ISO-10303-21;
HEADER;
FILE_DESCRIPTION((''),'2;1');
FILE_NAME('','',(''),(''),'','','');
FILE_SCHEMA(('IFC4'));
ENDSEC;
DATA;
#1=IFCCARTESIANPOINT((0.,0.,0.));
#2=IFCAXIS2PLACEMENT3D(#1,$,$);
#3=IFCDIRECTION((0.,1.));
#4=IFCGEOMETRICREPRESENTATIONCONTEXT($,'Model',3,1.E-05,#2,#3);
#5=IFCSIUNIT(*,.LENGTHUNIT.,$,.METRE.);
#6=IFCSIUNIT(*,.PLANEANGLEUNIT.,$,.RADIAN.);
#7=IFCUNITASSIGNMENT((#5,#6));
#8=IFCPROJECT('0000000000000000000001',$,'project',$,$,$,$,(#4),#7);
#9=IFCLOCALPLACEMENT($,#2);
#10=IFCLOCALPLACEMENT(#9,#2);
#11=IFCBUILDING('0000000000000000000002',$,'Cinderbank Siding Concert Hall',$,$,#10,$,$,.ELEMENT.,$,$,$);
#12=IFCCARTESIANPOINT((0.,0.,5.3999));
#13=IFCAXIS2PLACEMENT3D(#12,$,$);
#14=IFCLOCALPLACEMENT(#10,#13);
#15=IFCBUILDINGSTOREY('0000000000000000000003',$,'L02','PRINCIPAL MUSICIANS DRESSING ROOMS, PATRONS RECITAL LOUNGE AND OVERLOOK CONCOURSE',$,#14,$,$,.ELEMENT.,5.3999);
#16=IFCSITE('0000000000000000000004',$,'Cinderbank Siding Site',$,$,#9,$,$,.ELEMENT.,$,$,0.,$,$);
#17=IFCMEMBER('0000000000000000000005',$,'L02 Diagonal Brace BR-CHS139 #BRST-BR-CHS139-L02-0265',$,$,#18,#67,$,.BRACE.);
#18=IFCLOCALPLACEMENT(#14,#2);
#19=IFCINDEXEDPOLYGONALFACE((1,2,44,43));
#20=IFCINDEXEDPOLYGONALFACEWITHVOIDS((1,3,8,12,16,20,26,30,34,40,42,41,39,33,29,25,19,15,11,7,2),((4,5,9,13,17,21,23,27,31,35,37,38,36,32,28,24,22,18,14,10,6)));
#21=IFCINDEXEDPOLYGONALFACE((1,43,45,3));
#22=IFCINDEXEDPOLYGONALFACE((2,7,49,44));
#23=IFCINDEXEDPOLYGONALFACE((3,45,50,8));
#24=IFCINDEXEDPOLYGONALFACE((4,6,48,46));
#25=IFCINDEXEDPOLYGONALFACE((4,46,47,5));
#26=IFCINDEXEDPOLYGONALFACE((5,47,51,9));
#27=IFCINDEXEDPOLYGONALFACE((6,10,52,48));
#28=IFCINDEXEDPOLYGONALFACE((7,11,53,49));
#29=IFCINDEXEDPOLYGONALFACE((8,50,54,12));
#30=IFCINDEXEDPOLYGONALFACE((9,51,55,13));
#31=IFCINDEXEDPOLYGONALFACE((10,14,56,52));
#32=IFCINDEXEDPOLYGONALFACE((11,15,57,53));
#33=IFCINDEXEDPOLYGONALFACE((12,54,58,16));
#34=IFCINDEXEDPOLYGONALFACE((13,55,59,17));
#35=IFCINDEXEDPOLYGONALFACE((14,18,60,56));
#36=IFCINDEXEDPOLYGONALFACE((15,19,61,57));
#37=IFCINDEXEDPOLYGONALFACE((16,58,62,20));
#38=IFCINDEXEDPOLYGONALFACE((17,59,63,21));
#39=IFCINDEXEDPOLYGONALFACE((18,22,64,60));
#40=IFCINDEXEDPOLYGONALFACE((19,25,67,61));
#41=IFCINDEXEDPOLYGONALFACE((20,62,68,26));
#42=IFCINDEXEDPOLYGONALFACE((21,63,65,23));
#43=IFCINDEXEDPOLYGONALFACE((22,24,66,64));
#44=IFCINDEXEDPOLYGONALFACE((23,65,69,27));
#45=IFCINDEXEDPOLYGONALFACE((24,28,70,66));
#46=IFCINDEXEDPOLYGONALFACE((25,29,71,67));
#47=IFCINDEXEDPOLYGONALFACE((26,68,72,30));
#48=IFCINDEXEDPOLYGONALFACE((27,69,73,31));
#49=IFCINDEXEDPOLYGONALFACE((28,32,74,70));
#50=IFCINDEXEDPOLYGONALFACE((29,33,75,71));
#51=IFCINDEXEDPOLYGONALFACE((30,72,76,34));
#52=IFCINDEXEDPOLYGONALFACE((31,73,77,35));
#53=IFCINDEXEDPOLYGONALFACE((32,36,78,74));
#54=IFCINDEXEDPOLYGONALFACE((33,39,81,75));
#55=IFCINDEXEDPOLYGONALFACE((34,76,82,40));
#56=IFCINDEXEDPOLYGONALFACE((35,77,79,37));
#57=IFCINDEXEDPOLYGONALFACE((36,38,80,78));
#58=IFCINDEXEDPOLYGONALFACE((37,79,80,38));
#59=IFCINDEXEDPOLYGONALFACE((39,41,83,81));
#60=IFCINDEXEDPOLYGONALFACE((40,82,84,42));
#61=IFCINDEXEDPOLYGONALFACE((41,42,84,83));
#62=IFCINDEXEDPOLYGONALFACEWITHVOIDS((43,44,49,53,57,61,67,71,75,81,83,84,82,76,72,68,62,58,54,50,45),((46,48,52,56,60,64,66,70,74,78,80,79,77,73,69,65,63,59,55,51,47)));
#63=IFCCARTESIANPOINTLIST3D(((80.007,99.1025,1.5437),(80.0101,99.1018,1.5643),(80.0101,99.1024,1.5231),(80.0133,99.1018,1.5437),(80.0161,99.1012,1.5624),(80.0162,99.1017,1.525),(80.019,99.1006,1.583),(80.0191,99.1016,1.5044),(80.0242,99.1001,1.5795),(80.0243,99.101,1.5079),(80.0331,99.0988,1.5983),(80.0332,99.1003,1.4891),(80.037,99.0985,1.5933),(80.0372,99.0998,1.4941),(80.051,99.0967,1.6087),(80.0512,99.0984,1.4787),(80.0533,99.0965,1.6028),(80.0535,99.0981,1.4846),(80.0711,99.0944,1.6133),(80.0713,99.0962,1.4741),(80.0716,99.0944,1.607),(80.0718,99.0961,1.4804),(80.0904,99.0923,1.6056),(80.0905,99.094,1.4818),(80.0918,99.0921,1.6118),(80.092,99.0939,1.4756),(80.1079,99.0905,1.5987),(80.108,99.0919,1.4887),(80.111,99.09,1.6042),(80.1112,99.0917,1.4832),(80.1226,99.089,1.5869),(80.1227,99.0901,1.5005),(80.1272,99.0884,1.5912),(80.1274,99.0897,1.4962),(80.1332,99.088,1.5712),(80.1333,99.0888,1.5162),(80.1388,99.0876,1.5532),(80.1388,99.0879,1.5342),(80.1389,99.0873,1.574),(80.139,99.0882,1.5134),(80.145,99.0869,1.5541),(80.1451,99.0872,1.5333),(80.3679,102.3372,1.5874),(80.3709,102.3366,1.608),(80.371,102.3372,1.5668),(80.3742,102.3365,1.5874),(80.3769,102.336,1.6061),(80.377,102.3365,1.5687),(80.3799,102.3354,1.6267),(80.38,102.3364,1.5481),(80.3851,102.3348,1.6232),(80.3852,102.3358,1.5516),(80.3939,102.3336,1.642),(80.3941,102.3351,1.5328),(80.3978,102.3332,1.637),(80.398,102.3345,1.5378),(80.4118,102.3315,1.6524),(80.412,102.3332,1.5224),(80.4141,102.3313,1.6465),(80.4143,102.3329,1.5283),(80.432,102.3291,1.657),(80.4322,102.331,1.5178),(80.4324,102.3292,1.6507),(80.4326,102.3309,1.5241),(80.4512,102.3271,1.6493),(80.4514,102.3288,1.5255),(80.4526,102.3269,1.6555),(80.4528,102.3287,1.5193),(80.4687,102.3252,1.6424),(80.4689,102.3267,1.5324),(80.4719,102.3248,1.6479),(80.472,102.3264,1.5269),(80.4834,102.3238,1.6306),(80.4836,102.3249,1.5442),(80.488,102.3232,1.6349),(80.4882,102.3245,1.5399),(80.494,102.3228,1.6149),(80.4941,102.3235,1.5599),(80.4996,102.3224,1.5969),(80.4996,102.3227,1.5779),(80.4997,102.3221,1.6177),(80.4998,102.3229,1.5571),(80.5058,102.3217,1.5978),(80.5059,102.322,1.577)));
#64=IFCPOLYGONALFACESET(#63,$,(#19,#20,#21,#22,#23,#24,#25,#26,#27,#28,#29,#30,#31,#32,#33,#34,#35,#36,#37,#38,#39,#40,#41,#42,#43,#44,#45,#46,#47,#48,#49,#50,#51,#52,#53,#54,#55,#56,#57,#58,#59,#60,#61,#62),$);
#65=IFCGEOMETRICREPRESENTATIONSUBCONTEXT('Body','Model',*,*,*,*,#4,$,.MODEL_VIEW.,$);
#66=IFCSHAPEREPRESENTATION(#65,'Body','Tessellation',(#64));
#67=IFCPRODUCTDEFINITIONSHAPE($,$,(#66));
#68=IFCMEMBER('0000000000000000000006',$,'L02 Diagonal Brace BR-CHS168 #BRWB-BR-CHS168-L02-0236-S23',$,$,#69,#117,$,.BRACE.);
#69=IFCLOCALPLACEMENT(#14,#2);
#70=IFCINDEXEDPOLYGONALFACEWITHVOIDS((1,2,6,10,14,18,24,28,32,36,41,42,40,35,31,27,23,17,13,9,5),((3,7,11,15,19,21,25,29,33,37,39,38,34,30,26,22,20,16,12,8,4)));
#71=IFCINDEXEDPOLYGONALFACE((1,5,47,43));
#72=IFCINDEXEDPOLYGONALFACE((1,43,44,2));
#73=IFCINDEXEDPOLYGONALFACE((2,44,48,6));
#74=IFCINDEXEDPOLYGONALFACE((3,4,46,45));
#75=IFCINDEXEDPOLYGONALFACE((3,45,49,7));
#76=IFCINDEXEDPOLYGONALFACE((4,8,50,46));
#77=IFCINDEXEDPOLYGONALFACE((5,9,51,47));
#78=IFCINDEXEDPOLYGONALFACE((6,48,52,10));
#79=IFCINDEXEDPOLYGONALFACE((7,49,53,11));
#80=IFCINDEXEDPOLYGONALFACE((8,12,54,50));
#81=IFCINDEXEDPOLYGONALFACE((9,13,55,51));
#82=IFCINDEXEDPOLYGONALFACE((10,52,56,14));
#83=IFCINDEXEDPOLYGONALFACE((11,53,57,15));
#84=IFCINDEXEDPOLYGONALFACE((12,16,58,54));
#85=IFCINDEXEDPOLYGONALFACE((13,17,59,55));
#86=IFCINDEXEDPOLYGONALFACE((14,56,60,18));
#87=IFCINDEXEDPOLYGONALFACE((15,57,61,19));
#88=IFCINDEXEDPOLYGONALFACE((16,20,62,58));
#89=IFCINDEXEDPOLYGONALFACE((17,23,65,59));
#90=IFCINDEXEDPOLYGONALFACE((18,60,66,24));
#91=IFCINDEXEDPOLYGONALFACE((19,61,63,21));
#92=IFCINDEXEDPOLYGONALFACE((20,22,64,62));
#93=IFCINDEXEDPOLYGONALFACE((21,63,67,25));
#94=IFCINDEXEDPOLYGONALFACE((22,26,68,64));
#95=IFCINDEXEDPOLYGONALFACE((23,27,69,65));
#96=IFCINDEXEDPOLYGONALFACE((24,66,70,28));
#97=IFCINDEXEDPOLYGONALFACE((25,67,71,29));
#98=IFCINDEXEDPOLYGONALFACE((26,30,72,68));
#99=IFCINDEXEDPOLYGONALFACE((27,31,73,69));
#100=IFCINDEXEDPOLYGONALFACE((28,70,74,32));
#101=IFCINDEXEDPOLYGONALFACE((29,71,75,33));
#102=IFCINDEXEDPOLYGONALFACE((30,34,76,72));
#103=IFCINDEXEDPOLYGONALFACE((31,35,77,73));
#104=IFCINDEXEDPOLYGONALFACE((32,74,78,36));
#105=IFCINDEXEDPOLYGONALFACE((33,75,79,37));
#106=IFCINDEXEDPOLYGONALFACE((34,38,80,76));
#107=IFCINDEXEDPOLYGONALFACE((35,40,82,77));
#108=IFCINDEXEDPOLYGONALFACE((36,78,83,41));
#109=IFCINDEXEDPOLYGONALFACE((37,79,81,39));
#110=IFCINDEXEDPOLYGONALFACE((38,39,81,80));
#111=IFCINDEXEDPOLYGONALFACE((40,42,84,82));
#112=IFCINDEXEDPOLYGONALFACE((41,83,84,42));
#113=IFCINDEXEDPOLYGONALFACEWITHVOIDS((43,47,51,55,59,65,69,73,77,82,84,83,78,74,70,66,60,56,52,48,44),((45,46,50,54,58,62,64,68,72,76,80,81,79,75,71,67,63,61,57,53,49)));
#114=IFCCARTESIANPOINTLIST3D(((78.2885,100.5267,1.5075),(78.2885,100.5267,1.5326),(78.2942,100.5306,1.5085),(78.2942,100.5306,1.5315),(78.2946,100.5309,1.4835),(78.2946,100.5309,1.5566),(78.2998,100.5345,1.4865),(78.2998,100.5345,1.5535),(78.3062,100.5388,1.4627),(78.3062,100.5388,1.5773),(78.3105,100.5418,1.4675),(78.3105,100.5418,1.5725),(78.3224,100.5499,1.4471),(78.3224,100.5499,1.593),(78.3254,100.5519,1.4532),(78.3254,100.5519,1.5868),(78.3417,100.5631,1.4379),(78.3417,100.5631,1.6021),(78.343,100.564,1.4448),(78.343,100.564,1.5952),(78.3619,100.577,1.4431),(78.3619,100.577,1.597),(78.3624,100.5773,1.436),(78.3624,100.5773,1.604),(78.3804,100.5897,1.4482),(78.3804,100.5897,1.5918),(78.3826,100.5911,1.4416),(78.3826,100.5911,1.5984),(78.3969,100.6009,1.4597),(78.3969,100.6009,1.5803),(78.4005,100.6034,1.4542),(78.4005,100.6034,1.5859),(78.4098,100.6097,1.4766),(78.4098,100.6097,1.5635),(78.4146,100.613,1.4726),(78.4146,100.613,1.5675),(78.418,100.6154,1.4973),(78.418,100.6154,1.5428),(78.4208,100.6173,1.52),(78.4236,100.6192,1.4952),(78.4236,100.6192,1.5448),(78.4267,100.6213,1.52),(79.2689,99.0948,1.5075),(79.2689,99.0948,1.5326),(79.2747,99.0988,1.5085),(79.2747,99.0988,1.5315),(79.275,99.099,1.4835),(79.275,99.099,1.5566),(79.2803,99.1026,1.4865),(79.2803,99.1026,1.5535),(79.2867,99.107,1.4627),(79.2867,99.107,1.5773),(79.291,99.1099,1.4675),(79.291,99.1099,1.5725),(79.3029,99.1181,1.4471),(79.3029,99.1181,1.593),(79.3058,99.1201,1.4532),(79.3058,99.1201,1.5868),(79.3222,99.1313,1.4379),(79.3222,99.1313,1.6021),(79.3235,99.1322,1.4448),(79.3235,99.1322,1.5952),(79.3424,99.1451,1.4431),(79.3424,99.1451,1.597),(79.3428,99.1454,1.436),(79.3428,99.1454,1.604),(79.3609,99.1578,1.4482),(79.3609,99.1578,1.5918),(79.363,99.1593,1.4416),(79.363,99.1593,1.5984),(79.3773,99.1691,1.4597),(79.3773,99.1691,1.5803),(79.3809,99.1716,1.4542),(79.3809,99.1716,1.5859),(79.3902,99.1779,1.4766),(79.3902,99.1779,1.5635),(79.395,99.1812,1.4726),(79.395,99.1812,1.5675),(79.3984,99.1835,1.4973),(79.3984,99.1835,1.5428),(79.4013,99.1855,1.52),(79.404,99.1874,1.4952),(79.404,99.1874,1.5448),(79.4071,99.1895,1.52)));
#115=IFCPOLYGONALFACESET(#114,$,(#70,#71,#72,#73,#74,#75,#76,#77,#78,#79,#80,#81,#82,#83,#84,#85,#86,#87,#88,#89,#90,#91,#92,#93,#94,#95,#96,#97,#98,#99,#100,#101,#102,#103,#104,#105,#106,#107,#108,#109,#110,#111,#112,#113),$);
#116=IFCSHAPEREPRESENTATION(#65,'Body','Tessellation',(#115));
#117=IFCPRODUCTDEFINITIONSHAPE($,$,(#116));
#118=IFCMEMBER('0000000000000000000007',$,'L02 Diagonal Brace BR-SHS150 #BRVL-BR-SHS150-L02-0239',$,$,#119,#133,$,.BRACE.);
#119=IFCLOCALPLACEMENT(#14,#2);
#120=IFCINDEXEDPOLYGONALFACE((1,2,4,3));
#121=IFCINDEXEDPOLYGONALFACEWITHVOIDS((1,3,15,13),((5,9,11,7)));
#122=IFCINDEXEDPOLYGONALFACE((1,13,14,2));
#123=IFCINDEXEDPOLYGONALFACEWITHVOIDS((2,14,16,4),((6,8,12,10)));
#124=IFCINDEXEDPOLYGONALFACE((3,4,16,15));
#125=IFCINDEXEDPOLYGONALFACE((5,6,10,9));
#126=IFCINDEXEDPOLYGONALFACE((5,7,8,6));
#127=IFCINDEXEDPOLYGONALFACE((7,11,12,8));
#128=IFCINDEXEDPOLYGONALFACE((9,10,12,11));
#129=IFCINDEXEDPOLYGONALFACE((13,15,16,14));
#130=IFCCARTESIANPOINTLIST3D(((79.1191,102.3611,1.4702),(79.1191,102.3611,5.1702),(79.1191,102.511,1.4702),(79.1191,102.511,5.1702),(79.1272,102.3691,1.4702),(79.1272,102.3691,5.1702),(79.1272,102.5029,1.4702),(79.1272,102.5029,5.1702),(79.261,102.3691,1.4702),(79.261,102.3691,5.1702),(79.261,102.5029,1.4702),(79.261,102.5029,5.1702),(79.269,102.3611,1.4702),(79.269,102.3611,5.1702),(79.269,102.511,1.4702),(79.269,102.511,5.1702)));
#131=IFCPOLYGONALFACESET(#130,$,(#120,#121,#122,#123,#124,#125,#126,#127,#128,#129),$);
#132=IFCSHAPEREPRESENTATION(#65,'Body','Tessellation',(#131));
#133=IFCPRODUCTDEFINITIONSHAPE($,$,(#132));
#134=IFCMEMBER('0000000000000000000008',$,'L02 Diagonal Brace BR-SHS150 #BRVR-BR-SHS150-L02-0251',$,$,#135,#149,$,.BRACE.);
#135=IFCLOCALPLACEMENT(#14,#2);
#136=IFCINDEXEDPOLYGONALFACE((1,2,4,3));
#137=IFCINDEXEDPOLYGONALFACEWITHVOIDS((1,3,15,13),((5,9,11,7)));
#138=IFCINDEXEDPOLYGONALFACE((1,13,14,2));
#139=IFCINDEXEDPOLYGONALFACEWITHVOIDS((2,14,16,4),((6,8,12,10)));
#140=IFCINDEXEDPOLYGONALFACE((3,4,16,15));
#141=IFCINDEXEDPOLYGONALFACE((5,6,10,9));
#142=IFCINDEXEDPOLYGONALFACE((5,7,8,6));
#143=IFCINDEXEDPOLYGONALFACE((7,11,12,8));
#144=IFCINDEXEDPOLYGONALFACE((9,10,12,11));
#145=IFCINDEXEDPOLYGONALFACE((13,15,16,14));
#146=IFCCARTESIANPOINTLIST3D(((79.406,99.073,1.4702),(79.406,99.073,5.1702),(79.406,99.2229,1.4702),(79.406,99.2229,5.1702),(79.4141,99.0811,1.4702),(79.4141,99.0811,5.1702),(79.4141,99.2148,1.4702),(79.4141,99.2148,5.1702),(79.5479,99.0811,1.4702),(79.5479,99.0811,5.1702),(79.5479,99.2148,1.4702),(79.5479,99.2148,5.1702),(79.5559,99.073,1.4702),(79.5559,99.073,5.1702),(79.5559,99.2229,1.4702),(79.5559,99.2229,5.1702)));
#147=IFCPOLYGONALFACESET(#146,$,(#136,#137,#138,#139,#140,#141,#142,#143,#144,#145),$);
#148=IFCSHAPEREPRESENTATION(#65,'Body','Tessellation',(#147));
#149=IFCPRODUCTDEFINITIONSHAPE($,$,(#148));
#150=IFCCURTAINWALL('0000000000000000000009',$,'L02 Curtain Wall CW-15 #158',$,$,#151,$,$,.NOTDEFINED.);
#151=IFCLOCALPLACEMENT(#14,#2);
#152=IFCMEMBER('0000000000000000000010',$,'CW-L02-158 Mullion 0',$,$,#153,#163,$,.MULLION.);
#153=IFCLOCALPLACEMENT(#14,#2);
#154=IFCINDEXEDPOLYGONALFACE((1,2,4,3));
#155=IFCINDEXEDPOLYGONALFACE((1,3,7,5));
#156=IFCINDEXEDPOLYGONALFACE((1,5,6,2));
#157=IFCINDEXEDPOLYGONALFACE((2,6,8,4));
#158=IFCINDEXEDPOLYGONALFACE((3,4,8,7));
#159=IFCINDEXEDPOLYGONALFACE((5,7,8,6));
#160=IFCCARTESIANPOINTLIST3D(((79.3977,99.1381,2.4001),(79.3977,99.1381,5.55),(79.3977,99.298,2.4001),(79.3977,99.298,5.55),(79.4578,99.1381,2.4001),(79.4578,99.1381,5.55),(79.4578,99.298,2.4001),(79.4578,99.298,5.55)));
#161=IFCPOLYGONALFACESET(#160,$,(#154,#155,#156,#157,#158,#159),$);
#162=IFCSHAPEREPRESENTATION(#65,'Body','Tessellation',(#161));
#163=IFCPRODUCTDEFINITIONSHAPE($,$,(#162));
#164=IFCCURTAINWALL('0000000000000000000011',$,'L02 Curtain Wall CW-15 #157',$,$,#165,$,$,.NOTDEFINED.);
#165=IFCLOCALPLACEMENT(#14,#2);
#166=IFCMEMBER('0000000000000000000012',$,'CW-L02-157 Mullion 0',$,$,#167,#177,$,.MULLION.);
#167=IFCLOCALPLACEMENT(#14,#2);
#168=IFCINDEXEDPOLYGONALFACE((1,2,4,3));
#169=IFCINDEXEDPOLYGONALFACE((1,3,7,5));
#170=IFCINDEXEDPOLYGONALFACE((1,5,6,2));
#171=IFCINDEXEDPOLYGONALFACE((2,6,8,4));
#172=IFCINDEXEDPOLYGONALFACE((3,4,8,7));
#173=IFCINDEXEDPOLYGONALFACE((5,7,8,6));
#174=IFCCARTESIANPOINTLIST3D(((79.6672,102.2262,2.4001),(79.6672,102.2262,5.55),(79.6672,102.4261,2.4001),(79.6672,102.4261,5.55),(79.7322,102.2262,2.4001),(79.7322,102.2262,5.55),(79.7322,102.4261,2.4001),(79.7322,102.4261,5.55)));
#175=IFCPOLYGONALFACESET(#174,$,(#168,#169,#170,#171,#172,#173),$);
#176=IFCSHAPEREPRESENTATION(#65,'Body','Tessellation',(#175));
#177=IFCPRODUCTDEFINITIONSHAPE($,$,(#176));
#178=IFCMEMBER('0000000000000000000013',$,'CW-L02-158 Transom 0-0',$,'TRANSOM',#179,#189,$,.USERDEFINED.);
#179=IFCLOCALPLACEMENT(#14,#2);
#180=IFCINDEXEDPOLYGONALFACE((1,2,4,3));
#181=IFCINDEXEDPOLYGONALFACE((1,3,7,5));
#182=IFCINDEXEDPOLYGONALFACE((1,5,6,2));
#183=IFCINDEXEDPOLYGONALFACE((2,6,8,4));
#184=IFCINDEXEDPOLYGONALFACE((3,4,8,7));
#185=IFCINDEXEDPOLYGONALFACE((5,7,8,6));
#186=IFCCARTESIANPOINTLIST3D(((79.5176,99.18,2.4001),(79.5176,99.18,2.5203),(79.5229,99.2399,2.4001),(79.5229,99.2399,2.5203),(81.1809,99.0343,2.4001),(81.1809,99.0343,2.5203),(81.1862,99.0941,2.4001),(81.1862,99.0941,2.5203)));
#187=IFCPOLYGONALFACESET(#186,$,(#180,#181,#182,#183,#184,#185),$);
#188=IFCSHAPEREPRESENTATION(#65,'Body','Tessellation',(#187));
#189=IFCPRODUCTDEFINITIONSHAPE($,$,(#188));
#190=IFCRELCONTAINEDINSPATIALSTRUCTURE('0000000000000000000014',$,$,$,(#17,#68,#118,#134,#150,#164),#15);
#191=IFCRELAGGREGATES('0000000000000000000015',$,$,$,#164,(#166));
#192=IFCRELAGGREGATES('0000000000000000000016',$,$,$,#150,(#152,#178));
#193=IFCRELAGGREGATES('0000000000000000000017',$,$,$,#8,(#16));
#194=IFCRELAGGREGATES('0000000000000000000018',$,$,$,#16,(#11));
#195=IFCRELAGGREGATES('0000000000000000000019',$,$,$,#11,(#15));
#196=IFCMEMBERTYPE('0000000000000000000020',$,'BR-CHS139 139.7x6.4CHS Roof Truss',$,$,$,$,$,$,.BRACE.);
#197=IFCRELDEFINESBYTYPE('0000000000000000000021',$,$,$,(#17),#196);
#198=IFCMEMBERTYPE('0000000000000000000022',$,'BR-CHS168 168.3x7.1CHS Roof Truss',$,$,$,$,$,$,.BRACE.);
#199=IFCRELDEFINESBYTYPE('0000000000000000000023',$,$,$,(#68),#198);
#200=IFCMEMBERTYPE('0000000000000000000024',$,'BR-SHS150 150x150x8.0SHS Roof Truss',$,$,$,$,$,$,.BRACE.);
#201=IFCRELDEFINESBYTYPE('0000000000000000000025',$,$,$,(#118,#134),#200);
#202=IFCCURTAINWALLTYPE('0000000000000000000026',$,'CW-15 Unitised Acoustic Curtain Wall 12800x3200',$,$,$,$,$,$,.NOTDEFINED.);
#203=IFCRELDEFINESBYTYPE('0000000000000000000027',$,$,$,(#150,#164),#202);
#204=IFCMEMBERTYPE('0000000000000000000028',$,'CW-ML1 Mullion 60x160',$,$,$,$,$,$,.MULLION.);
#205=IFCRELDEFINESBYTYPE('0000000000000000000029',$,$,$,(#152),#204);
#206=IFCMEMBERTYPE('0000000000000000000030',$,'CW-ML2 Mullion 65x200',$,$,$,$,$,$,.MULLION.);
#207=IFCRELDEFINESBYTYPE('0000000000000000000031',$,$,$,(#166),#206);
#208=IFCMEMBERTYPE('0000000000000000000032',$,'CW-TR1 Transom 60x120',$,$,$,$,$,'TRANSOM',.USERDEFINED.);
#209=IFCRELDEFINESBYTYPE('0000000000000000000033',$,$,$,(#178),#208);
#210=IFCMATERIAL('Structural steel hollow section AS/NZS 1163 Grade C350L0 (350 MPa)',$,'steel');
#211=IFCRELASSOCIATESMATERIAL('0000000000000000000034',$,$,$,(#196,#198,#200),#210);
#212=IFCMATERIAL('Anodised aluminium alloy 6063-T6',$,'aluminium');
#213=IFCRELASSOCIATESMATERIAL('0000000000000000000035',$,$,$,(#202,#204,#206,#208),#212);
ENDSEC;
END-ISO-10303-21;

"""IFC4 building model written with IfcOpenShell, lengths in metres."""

from ifc_helpers import new_model, si_unit, direction, frame, origin, origin_2d, place, context, subcontext, project, spatial, rectangle, hollow_rectangle, hollow_circle, extrude, material, material_profile, profile_set, type_object, element, aggregate, save


model = new_model("IFC4")

# Units and contexts
model_context = context("Model", 3, precision=1e-05, world=origin(), true_north=direction((0.0, 1.0)))
body_context = subcontext(model_context, "Body", "Model", "MODEL_VIEW")
ifc_project = project(units=[si_unit("LENGTHUNIT", "METRE"), si_unit("PLANEANGLEUNIT", "RADIAN")], contexts=[model_context])

# Site, building, storey
site_placement = place(None, origin())
site = spatial("IfcSite", under=ifc_project, at=site_placement, Name="Cinderbank Siding Site", CompositionType="ELEMENT", RefElevation=0.0)
building_placement = place(site_placement, origin())
building = spatial("IfcBuilding", under=site, at=building_placement, Name="Cinderbank Siding Concert Hall", CompositionType="ELEMENT")
storey_placement = place(building_placement, frame((0.0, 0.0, 5.3999)))
storey = spatial("IfcBuildingStorey", under=building, at=storey_placement, Name="L02", Description="PRINCIPAL MUSICIANS DRESSING ROOMS, PATRONS RECITAL LOUNGE AND OVERLOOK CONCOURSE", CompositionType="ELEMENT", Elevation=5.3999)

# Shared definitions
ifc_material_1 = material(Name="Structural steel hollow section AS/NZS 1163 Grade C350L0 (350 MPa)", Category="steel")

# Members
ifc_material_profile_1 = material_profile(ifc_material_1, hollow_circle(Radius=0.0698, WallThickness=0.0063, at=origin_2d()), Name="139.7x6.4CHS", Category="LoadBearing")
ifc_profile_set_1 = profile_set([ifc_material_profile_1], Name="Structural steel hollow section AS/NZS 1163 Grade C350L0 (350 MPa)")
member_type_1 = type_object("IfcMemberType", Name="BR-CHS139 139.7x6.4CHS Roof Truss", PredefinedType="BRACE", material=ifc_profile_set_1)
member_1_placement = place(storey_placement, frame((80.0764, 99.0947, 1.5437), z_axis=(0.11085, 0.993747, 0.013425), x_axis=(-0.993836, 0.11086, 0.0)))
element("IfcMember", 1, at=member_1_placement, inside=storey, type_object=member_type_1, Name="L02 Diagonal Brace BR-CHS139 #BRST-BR-CHS139-L02-0265", PredefinedType="BRACE", context=body_context, shape_type="SweptSolid", body=[
    extrude(hollow_circle(Radius=0.0698, WallThickness=0.0063, at=origin_2d()), origin(), (0.0, 0.0, 1.0), 3.2551),
])
ifc_material_profile_2 = material_profile(ifc_material_1, hollow_circle(Radius=0.0842, WallThickness=0.0071, at=origin_2d()), Name="168.3x7.1CHS", Category="LoadBearing")
ifc_profile_set_2 = profile_set([ifc_material_profile_2], Name="Structural steel hollow section AS/NZS 1163 Grade C350L0 (350 MPa)")
member_type_2 = type_object("IfcMemberType", Name="BR-CHS168 168.3x7.1CHS Roof Truss", PredefinedType="BRACE", material=ifc_profile_set_2)
member_2_placement = place(storey_placement, frame((78.3572, 100.5737, 1.52), z_axis=(0.564981, -0.825104, 0.0), x_axis=(0.825104, 0.564981, 0.0)))
element("IfcMember", 2, at=member_2_placement, inside=storey, type_object=member_type_2, Name="L02 Diagonal Brace BR-CHS168 #BRWB-BR-CHS168-L02-0236-S23", PredefinedType="BRACE", context=body_context, shape_type="SweptSolid", body=[
    extrude(hollow_circle(Radius=0.0842, WallThickness=0.0071, at=origin_2d()), origin(), (0.0, 0.0, 1.0), 1.7354),
])
ifc_material_profile_3 = material_profile(ifc_material_1, hollow_rectangle(XDim=0.1499, YDim=0.1499, WallThickness=0.0081, at=origin_2d()), Name="150x150x8.0SHS", Category="LoadBearing")
ifc_profile_set_3 = profile_set([ifc_material_profile_3], Name="Structural steel hollow section AS/NZS 1163 Grade C350L0 (350 MPa)")
member_type_3 = type_object("IfcMemberType", Name="BR-SHS150 150x150x8.0SHS Roof Truss", PredefinedType="BRACE", material=ifc_profile_set_3)
for number, where, z_axis, x_axis, name in (
    (3, (79.1941, 102.436, 1.4702), (0.0, 0.0, 1.0), (1.0, 0.0, 0.0), "L02 Diagonal Brace BR-SHS150 #BRVL-BR-SHS150-L02-0239"),
    (4, (79.481, 99.1479, 1.4702), (0.0, 0.0, 1.0), (1.0, 0.0, 0.0), "L02 Diagonal Brace BR-SHS150 #BRVR-BR-SHS150-L02-0251"),
):
    element("IfcMember", number, at=place(storey_placement, frame(where, z_axis=z_axis, x_axis=x_axis)), inside=storey, type_object=member_type_3, Name=name, PredefinedType="BRACE", context=body_context, shape_type="SweptSolid", body=[
        extrude(hollow_rectangle(XDim=0.1499, YDim=0.1499, WallThickness=0.0081, at=origin_2d()), origin(), (0.0, 0.0, 1.0), 3.7),
    ])

# Curtain walls, members
ifc_material_2 = material(Name="Anodised aluminium alloy 6063-T6", Category="aluminium")
curtain_wall_type = type_object("IfcCurtainWallType", Name="CW-15 Unitised Acoustic Curtain Wall 12800x3200", PredefinedType="NOTDEFINED", material=ifc_material_2)
curtain_wall_1_placement = place(storey_placement, origin())
curtain_wall_1 = element("IfcCurtainWall", 5, at=curtain_wall_1_placement, inside=storey, type_object=curtain_wall_type, Name="L02 Curtain Wall CW-15 #158", PredefinedType="NOTDEFINED")
ifc_material_profile_4 = material_profile(ifc_material_2, rectangle(XDim=0.0601, YDim=0.1599, at=origin_2d()), Name="ALU-MULL-60x160", Category="LoadBearing")
ifc_profile_set_4 = profile_set([ifc_material_profile_4], Name="Anodised aluminium alloy 6063-T6")
member_type_4 = type_object("IfcMemberType", Name="CW-ML1 Mullion 60x160", PredefinedType="MULLION", material=ifc_profile_set_4)
member_3_placement = place(storey_placement, frame((79.4277, 99.218, 2.4001), z_axis=(0.0, 0.0, 1.0), x_axis=(1.0, 0.0, 0.0)))
member_3 = element("IfcMember", 6, at=member_3_placement, type_object=member_type_4, Name="CW-L02-158 Mullion 0", PredefinedType="MULLION", context=body_context, shape_type="SweptSolid", body=[
    extrude(rectangle(XDim=0.0601, YDim=0.1599, at=origin_2d()), origin(), (0.0, 0.0, 1.0), 3.1499),
])
curtain_wall_2_placement = place(storey_placement, origin())
curtain_wall_2 = element("IfcCurtainWall", 7, at=curtain_wall_2_placement, inside=storey, type_object=curtain_wall_type, Name="L02 Curtain Wall CW-15 #157", PredefinedType="NOTDEFINED")
ifc_material_profile_5 = material_profile(ifc_material_2, rectangle(XDim=0.0649, YDim=0.2, at=origin_2d()), Name="ALU-MULL-65x200", Category="LoadBearing")
ifc_profile_set_5 = profile_set([ifc_material_profile_5], Name="Anodised aluminium alloy 6063-T6")
member_type_5 = type_object("IfcMemberType", Name="CW-ML2 Mullion 65x200", PredefinedType="MULLION", material=ifc_profile_set_5)
member_4_placement = place(storey_placement, frame((79.6997, 102.3262, 2.4001), z_axis=(0.0, 0.0, 1.0), x_axis=(1.0, 0.0, 0.0)))
member_4 = element("IfcMember", 8, at=member_4_placement, type_object=member_type_5, Name="CW-L02-157 Mullion 0", PredefinedType="MULLION", context=body_context, shape_type="SweptSolid", body=[
    extrude(rectangle(XDim=0.0649, YDim=0.2, at=origin_2d()), origin(), (0.0, 0.0, 1.0), 3.1499),
])

# Member
ifc_material_profile_6 = material_profile(ifc_material_2, rectangle(XDim=0.0601, YDim=0.1201, at=origin_2d()), Name="ALU-TRAN-60x120", Category="LoadBearing")
ifc_profile_set_6 = profile_set([ifc_material_profile_6], Name="Anodised aluminium alloy 6063-T6")
member_type_6 = type_object("IfcMemberType", Name="CW-TR1 Transom 60x120", ElementType="TRANSOM", PredefinedType="USERDEFINED", material=ifc_profile_set_6)
member_5_placement = place(storey_placement, frame((79.5203, 99.21, 2.4602), z_axis=(0.996183, -0.087292, 0.0), x_axis=(0.087292, 0.996183, 0.0)))
member_5 = element("IfcMember", 9, at=member_5_placement, type_object=member_type_6, Name="CW-L02-158 Transom 0-0", ObjectType="TRANSOM", PredefinedType="USERDEFINED", context=body_context, shape_type="SweptSolid", body=[
    extrude(rectangle(XDim=0.0601, YDim=0.1201, at=origin_2d()), origin(), (0.0, 0.0, 1.0), 1.6697),
])

aggregate(curtain_wall_2, [member_4])
aggregate(curtain_wall_1, [member_3, member_5])

save(model, "model.ifc")
